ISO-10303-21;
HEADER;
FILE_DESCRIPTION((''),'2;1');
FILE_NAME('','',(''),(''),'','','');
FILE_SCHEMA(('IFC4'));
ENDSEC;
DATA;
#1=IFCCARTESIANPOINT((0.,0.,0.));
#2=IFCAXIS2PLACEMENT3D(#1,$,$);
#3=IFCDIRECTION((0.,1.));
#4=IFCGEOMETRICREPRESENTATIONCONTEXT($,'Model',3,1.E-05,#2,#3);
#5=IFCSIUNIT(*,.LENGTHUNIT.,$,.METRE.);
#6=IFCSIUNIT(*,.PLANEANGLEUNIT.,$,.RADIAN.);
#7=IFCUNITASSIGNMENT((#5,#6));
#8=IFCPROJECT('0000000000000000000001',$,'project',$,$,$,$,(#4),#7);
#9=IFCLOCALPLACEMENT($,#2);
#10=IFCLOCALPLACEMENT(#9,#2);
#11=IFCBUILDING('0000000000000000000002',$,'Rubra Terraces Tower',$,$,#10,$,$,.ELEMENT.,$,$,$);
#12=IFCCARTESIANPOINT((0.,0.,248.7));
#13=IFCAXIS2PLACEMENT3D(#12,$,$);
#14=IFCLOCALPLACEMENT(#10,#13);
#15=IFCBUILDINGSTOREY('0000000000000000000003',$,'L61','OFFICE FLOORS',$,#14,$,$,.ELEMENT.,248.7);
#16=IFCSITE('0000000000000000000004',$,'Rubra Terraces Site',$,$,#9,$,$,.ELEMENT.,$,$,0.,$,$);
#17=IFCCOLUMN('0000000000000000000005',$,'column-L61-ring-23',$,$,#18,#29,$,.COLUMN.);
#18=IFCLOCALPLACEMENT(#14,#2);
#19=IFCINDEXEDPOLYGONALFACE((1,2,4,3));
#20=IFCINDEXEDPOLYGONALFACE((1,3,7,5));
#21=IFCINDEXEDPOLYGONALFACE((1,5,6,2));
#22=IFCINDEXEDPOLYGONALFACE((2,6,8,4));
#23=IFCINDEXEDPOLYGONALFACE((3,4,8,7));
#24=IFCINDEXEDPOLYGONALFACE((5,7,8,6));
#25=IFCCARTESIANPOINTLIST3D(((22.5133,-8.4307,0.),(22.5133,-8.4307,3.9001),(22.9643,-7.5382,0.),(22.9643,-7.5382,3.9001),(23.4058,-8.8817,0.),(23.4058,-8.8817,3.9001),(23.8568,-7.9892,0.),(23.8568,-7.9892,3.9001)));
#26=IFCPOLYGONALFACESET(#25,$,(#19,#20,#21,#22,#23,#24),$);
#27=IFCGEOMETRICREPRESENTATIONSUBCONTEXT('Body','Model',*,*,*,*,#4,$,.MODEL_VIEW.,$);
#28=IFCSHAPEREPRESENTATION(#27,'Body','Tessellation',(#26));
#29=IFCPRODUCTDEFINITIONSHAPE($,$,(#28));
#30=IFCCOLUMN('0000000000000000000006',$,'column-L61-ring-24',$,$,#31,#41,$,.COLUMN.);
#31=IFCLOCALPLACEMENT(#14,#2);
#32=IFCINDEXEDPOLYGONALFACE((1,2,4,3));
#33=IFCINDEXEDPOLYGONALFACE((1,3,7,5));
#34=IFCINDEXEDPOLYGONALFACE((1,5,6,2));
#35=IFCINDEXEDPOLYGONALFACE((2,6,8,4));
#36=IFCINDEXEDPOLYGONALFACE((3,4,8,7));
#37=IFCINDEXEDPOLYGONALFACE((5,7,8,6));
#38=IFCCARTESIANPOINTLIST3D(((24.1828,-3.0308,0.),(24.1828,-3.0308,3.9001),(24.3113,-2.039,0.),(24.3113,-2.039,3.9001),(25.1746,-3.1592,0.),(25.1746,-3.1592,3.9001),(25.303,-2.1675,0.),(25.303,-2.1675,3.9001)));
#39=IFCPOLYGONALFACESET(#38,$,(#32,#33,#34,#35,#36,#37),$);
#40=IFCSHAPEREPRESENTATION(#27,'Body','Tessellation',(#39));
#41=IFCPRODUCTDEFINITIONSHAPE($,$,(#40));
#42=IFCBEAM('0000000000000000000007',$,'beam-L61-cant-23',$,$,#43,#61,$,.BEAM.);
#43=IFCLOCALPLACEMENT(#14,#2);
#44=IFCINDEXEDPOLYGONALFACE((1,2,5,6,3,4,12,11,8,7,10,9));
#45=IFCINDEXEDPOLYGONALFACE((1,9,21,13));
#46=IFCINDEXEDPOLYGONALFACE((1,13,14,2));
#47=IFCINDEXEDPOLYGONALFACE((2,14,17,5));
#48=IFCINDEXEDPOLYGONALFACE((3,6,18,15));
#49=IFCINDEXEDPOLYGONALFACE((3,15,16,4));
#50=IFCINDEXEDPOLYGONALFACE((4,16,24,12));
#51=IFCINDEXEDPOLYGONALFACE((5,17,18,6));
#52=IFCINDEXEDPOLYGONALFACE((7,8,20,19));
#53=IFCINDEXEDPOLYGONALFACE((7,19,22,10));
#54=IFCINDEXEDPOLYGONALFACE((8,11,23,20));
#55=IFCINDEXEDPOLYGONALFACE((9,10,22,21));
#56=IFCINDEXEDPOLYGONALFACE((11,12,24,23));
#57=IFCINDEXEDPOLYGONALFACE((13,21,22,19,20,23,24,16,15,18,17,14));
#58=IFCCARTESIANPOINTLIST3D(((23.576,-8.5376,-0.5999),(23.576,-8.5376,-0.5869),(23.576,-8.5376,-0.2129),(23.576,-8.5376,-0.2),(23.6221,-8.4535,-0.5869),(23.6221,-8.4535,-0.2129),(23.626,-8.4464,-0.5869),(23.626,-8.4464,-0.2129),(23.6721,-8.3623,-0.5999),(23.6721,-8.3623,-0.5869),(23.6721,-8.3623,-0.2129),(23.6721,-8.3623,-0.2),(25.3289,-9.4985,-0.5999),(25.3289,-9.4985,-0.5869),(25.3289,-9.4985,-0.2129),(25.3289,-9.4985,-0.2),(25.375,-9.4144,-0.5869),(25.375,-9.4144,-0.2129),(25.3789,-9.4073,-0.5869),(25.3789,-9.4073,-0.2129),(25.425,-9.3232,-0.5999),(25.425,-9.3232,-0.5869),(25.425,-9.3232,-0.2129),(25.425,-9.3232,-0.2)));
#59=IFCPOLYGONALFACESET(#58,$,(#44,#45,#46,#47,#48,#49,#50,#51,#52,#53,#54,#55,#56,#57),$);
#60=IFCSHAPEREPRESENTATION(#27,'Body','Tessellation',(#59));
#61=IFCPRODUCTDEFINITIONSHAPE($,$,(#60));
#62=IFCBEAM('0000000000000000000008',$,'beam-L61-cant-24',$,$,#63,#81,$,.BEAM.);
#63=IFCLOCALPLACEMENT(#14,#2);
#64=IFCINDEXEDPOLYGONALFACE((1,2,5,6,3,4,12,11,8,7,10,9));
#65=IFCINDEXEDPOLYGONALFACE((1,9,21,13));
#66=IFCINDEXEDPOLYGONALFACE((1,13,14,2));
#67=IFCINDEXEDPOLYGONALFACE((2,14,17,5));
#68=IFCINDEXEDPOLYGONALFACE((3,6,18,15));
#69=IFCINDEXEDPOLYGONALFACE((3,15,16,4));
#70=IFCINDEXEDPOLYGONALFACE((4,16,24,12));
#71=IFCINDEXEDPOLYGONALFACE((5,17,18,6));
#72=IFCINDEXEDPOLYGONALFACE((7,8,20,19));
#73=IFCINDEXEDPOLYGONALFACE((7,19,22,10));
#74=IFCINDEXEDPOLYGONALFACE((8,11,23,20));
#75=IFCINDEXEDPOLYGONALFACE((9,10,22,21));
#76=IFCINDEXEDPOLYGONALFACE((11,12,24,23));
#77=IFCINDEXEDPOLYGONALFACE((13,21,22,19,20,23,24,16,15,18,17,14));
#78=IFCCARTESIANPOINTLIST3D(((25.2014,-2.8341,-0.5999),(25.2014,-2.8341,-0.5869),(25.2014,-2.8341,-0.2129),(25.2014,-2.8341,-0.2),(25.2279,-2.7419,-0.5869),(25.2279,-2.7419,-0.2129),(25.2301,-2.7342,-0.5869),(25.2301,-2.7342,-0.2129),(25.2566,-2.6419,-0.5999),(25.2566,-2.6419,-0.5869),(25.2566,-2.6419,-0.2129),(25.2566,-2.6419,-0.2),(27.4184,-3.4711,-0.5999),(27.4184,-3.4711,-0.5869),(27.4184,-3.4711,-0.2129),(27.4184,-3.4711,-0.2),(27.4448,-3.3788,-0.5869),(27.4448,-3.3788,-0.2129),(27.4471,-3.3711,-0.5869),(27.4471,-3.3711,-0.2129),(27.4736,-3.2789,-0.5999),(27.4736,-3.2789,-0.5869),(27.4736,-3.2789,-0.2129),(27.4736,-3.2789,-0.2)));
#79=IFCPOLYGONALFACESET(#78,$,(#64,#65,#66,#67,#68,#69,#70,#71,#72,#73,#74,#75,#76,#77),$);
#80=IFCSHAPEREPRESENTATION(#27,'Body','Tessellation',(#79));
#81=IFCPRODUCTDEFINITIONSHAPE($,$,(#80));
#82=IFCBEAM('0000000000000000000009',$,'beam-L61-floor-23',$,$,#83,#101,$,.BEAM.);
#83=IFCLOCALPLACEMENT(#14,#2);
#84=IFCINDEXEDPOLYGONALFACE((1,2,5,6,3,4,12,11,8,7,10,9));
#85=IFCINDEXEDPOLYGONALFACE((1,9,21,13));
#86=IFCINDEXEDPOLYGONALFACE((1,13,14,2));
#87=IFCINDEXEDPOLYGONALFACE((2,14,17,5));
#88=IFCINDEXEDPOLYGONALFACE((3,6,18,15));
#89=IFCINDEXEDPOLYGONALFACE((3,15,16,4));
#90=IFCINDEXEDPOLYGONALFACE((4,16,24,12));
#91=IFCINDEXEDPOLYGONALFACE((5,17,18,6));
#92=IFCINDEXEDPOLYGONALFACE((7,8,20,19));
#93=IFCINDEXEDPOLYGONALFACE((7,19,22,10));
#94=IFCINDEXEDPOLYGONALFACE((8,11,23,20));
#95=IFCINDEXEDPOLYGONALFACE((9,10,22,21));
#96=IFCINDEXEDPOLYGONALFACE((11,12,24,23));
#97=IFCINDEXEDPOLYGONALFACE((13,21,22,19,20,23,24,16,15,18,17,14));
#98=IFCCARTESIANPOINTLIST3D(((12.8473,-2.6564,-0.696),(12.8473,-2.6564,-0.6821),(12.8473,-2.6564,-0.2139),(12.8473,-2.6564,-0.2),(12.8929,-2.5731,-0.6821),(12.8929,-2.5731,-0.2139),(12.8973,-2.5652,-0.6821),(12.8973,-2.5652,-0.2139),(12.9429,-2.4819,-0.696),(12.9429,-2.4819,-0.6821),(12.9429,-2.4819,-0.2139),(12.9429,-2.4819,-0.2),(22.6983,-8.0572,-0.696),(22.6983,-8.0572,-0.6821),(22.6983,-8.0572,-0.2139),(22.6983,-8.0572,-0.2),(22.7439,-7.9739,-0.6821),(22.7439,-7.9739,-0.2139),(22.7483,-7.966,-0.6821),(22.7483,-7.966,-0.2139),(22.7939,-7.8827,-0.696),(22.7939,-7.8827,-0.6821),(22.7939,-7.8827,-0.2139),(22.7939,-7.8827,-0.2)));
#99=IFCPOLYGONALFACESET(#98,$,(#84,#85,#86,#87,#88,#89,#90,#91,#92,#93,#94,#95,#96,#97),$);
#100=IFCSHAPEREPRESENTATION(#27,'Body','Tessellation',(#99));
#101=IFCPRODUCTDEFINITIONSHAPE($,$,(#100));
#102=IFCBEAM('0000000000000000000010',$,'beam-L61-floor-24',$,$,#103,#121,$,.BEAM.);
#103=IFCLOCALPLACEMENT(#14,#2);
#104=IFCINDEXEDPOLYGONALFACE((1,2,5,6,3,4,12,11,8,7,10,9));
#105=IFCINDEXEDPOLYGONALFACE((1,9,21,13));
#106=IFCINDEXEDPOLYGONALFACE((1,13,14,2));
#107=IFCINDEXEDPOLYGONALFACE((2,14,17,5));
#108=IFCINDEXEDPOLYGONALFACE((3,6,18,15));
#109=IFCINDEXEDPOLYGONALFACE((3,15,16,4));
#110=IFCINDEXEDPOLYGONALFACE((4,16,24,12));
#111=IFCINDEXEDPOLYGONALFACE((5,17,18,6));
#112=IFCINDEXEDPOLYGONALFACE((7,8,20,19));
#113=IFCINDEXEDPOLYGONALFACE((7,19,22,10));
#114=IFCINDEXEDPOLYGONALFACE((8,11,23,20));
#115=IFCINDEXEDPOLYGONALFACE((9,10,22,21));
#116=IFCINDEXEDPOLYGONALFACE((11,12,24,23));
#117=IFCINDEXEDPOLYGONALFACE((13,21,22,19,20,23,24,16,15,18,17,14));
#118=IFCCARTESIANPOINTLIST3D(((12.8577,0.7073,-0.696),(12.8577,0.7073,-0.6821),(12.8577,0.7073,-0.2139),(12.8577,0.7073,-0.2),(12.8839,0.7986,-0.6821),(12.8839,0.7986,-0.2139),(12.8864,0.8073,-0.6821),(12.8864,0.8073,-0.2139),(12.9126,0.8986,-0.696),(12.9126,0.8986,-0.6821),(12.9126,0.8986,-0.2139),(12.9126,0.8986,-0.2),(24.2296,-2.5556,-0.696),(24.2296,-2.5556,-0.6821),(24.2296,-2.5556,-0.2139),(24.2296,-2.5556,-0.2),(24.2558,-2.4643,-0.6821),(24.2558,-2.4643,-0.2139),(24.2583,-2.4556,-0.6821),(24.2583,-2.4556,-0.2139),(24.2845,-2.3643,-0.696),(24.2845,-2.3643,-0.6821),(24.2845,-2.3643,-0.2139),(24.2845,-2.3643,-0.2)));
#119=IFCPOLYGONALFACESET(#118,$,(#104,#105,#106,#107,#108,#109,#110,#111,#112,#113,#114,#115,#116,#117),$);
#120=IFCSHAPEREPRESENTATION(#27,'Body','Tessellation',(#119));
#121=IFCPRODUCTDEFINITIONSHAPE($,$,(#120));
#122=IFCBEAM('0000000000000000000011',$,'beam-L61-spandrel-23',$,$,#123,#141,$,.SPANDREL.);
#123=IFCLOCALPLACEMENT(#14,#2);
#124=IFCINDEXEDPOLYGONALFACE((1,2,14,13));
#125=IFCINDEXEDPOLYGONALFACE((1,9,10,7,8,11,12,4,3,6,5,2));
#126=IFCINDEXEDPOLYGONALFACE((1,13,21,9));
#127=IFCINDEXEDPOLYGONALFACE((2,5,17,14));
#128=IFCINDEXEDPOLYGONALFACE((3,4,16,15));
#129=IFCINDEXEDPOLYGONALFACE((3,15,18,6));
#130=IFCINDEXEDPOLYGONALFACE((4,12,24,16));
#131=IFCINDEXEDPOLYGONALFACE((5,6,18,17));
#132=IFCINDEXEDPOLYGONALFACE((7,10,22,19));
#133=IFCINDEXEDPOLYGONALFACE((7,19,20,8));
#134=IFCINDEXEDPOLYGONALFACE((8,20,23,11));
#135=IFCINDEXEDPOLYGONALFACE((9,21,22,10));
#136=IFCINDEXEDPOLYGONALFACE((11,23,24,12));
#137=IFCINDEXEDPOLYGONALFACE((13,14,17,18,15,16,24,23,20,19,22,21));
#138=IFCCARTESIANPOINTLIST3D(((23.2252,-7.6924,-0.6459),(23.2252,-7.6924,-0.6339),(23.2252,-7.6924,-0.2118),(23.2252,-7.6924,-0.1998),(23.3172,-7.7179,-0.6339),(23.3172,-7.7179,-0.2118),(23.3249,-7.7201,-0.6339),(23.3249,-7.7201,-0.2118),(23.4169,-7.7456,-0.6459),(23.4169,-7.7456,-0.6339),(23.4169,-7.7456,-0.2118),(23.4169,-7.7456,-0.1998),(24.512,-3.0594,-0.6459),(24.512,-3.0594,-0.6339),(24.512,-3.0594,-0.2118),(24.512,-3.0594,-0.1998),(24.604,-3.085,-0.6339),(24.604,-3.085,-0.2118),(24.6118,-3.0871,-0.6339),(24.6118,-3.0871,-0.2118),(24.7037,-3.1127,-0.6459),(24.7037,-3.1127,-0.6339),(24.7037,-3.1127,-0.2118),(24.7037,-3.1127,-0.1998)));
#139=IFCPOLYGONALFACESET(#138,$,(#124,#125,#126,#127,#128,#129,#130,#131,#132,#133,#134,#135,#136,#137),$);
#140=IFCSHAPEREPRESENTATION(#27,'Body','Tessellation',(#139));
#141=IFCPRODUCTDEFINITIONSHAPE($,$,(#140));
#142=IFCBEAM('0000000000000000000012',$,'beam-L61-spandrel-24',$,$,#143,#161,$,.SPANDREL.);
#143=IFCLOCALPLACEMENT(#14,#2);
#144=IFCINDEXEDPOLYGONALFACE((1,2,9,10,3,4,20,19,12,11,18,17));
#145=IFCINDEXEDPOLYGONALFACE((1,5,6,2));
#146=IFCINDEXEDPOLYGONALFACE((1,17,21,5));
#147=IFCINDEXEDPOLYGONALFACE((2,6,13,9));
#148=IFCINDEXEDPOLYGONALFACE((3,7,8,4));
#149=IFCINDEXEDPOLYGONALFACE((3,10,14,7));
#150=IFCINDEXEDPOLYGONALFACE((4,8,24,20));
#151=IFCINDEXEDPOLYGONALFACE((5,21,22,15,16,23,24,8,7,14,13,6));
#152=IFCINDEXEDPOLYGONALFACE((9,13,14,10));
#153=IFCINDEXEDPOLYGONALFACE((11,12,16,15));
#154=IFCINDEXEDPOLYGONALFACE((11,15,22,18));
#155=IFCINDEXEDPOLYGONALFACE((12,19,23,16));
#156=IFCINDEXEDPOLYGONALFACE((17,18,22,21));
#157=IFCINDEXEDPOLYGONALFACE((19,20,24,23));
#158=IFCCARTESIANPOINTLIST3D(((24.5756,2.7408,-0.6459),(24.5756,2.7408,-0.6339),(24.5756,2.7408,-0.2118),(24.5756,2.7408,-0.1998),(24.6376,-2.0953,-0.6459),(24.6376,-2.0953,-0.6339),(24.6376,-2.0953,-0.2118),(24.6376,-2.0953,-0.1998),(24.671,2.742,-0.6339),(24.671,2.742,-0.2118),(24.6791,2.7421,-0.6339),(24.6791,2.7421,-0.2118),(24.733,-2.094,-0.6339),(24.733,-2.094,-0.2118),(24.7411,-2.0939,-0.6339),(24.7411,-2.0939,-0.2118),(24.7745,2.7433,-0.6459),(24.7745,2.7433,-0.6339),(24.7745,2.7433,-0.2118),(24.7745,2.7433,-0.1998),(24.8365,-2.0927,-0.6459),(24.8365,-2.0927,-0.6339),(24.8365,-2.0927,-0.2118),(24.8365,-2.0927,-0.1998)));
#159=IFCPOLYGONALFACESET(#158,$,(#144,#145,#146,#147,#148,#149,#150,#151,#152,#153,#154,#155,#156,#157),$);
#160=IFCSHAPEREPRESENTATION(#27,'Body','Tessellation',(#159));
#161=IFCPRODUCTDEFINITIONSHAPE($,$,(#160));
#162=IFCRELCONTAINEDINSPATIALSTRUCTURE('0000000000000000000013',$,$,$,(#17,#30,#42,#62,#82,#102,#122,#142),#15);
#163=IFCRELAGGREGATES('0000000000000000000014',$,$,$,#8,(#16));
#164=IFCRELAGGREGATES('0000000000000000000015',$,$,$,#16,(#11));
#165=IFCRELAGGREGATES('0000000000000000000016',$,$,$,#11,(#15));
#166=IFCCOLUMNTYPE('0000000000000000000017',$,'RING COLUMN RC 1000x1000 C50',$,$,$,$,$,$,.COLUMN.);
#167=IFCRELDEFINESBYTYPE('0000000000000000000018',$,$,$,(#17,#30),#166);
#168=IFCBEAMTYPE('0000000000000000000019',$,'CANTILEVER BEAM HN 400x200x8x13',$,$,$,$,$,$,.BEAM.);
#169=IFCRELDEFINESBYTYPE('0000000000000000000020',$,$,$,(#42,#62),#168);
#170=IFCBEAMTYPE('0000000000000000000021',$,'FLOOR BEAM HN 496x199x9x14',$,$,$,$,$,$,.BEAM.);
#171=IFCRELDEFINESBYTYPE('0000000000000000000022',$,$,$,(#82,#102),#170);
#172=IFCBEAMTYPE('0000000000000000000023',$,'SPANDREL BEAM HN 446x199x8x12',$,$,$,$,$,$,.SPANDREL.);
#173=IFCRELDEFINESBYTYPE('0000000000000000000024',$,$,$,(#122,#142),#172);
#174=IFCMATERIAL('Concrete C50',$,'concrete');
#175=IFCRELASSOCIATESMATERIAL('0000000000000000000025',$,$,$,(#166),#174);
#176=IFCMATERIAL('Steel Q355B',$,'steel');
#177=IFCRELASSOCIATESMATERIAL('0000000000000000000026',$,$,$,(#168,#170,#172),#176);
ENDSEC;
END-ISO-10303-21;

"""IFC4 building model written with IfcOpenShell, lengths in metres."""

from ifc_helpers import new_model, si_unit, direction, frame, origin, origin_2d, place, context, subcontext, project, spatial, rectangle, i_section, extrude, material, material_profile, profile_set, type_object, element, save


model = new_model("IFC4")

# Units and contexts
model_context = context("Model", 3, precision=1e-05, world=origin(), true_north=direction((0.0, 1.0)))
body_context = subcontext(model_context, "Body", "Model", "MODEL_VIEW")
ifc_project = project(units=[si_unit("LENGTHUNIT", "METRE"), si_unit("PLANEANGLEUNIT", "RADIAN")], contexts=[model_context])

# Site, building, storey
site_placement = place(None, origin())
site = spatial("IfcSite", under=ifc_project, at=site_placement, Name="Rubra Terraces Site", CompositionType="ELEMENT", RefElevation=0.0)
building_placement = place(site_placement, origin())
building = spatial("IfcBuilding", under=site, at=building_placement, Name="Rubra Terraces Tower", CompositionType="ELEMENT")
storey_placement = place(building_placement, frame((0.0, 0.0, 248.7)))
storey = spatial("IfcBuildingStorey", under=building, at=storey_placement, Name="L61", Description="OFFICE FLOORS", CompositionType="ELEMENT", Elevation=248.7)

# Columns
ifc_material_1 = material(Name="Concrete C50", Category="concrete")
ifc_material_profile_1 = material_profile(ifc_material_1, rectangle(XDim=1.0, YDim=1.0, at=origin_2d()), Name="RC 1000x1000")
ifc_profile_set_1 = profile_set([ifc_material_profile_1], Name="Concrete C50")
column_type = type_object("IfcColumnType", Name="RING COLUMN RC 1000x1000 C50", PredefinedType="COLUMN", material=ifc_profile_set_1)
for number, where, z_axis, x_axis, name in (
    (1, (23.1851, -8.21, 0.0), (0.0, 0.0, 1.0), (0.451028, 0.89251, 0.0), "column-L61-ring-23"),
    (2, (24.7429, -2.5991, 0.0), (0.0, 0.0, 1.0), (0.128444, 0.991717, 0.0), "column-L61-ring-24"),
):
    element("IfcColumn", number, at=place(storey_placement, frame(where, z_axis=z_axis, x_axis=x_axis)), inside=storey, type_object=column_type, Name=name, PredefinedType="COLUMN", context=body_context, shape_type="SweptSolid", body=[
        extrude(rectangle(XDim=1.0, YDim=1.0, at=origin_2d()), origin(), (0.0, 0.0, 1.0), 3.9001),
    ])

# Beams
ifc_material_2 = material(Name="Steel Q355B", Category="steel")
ifc_material_profile_2 = material_profile(ifc_material_2, i_section(OverallWidth=0.2, OverallDepth=0.3999, WebThickness=0.0081, FlangeThickness=0.0129, at=origin_2d()), Name="HN 400x200x8x13")
ifc_profile_set_2 = profile_set([ifc_material_profile_2], Name="Steel Q355B")
beam_type_1 = type_object("IfcBeamType", Name="CANTILEVER BEAM HN 400x200x8x13", PredefinedType="BEAM", material=ifc_profile_set_2)
beam_1_placement = place(storey_placement, frame((23.624, -8.45, -0.3999), z_axis=(0.876885, -0.480699, 0.0), x_axis=(0.480699, 0.876885, 0.0)))
element("IfcBeam", 3, at=beam_1_placement, inside=storey, type_object=beam_type_1, Name="beam-L61-cant-23", PredefinedType="BEAM", context=body_context, shape_type="SweptSolid", body=[
    extrude(i_section(OverallWidth=0.2, OverallDepth=0.3999, WebThickness=0.0081, FlangeThickness=0.0129, at=origin_2d()), origin(), (0.0, 0.0, 1.0), 1.999),
])
beam_2_placement = place(storey_placement, frame((25.229, -2.738, -0.3999), z_axis=(0.96112, -0.276133, 0.0), x_axis=(0.276133, 0.96112, 0.0)))
element("IfcBeam", 4, at=beam_2_placement, inside=storey, type_object=beam_type_1, Name="beam-L61-cant-24", PredefinedType="BEAM", context=body_context, shape_type="SweptSolid", body=[
    extrude(i_section(OverallWidth=0.2, OverallDepth=0.3999, WebThickness=0.0081, FlangeThickness=0.0129, at=origin_2d()), origin(), (0.0, 0.0, 1.0), 2.3066),
])
ifc_material_profile_3 = material_profile(ifc_material_2, i_section(OverallWidth=0.199, OverallDepth=0.4961, WebThickness=0.009, FlangeThickness=0.0139, at=origin_2d()), Name="HN 496x199x9x14")
ifc_profile_set_3 = profile_set([ifc_material_profile_3], Name="Steel Q355B")
beam_type_2 = type_object("IfcBeamType", Name="FLOOR BEAM HN 496x199x9x14", PredefinedType="BEAM", material=ifc_profile_set_3)
beam_3_placement = place(storey_placement, frame((22.7461, -7.97, -0.448), z_axis=(-0.876862, 0.480742, 0.0), x_axis=(-0.480742, -0.876862, 0.0)))
element("IfcBeam", 5, at=beam_3_placement, inside=storey, type_object=beam_type_2, Name="beam-L61-floor-23", PredefinedType="BEAM", context=body_context, shape_type="SweptSolid", body=[
    extrude(i_section(OverallWidth=0.199, OverallDepth=0.4961, WebThickness=0.009, FlangeThickness=0.0139, at=origin_2d()), origin(), (0.0, 0.0, 1.0), 11.2344),
])
beam_4_placement = place(storey_placement, frame((24.2571, -2.46, -0.448), z_axis=(-0.961216, 0.275798, 0.0), x_axis=(-0.275798, -0.961216, 0.0)))
element("IfcBeam", 6, at=beam_4_placement, inside=storey, type_object=beam_type_2, Name="beam-L61-floor-24", PredefinedType="BEAM", context=body_context, shape_type="SweptSolid", body=[
    extrude(i_section(OverallWidth=0.199, OverallDepth=0.4961, WebThickness=0.009, FlangeThickness=0.0139, at=origin_2d()), origin(), (0.0, 0.0, 1.0), 11.8308),
])
ifc_material_profile_4 = material_profile(ifc_material_2, i_section(OverallWidth=0.199, OverallDepth=0.446, WebThickness=0.0081, FlangeThickness=0.012, at=origin_2d()), Name="HN 446x199x8x12")
ifc_profile_set_4 = profile_set([ifc_material_profile_4], Name="Steel Q355B")
beam_type_3 = type_object("IfcBeamType", Name="SPANDREL BEAM HN 446x199x8x12", PredefinedType="SPANDREL", material=ifc_profile_set_4)
beam_5_placement = place(storey_placement, frame((23.321, -7.719, -0.4229), z_axis=(0.267626, 0.963523, 0.0), x_axis=(-0.963523, 0.267626, 0.0)))
element("IfcBeam", 7, at=beam_5_placement, inside=storey, type_object=beam_type_3, Name="beam-L61-spandrel-23", PredefinedType="SPANDREL", context=body_context, shape_type="SweptSolid", body=[
    extrude(i_section(OverallWidth=0.199, OverallDepth=0.446, WebThickness=0.0081, FlangeThickness=0.012, at=origin_2d()), origin(), (0.0, 0.0, 1.0), 4.8083),
])
beam_6_placement = place(storey_placement, frame((24.7371, -2.094, -0.4229), z_axis=(-0.012822, 0.999918, 0.0), x_axis=(-0.999918, -0.012822, 0.0)))
element("IfcBeam", 8, at=beam_6_placement, inside=storey, type_object=beam_type_3, Name="beam-L61-spandrel-24", PredefinedType="SPANDREL", context=body_context, shape_type="SweptSolid", body=[
    extrude(i_section(OverallWidth=0.199, OverallDepth=0.446, WebThickness=0.0081, FlangeThickness=0.012, at=origin_2d()), origin(), (0.0, 0.0, 1.0), 4.8364),
])

save(model, "model.ifc")
